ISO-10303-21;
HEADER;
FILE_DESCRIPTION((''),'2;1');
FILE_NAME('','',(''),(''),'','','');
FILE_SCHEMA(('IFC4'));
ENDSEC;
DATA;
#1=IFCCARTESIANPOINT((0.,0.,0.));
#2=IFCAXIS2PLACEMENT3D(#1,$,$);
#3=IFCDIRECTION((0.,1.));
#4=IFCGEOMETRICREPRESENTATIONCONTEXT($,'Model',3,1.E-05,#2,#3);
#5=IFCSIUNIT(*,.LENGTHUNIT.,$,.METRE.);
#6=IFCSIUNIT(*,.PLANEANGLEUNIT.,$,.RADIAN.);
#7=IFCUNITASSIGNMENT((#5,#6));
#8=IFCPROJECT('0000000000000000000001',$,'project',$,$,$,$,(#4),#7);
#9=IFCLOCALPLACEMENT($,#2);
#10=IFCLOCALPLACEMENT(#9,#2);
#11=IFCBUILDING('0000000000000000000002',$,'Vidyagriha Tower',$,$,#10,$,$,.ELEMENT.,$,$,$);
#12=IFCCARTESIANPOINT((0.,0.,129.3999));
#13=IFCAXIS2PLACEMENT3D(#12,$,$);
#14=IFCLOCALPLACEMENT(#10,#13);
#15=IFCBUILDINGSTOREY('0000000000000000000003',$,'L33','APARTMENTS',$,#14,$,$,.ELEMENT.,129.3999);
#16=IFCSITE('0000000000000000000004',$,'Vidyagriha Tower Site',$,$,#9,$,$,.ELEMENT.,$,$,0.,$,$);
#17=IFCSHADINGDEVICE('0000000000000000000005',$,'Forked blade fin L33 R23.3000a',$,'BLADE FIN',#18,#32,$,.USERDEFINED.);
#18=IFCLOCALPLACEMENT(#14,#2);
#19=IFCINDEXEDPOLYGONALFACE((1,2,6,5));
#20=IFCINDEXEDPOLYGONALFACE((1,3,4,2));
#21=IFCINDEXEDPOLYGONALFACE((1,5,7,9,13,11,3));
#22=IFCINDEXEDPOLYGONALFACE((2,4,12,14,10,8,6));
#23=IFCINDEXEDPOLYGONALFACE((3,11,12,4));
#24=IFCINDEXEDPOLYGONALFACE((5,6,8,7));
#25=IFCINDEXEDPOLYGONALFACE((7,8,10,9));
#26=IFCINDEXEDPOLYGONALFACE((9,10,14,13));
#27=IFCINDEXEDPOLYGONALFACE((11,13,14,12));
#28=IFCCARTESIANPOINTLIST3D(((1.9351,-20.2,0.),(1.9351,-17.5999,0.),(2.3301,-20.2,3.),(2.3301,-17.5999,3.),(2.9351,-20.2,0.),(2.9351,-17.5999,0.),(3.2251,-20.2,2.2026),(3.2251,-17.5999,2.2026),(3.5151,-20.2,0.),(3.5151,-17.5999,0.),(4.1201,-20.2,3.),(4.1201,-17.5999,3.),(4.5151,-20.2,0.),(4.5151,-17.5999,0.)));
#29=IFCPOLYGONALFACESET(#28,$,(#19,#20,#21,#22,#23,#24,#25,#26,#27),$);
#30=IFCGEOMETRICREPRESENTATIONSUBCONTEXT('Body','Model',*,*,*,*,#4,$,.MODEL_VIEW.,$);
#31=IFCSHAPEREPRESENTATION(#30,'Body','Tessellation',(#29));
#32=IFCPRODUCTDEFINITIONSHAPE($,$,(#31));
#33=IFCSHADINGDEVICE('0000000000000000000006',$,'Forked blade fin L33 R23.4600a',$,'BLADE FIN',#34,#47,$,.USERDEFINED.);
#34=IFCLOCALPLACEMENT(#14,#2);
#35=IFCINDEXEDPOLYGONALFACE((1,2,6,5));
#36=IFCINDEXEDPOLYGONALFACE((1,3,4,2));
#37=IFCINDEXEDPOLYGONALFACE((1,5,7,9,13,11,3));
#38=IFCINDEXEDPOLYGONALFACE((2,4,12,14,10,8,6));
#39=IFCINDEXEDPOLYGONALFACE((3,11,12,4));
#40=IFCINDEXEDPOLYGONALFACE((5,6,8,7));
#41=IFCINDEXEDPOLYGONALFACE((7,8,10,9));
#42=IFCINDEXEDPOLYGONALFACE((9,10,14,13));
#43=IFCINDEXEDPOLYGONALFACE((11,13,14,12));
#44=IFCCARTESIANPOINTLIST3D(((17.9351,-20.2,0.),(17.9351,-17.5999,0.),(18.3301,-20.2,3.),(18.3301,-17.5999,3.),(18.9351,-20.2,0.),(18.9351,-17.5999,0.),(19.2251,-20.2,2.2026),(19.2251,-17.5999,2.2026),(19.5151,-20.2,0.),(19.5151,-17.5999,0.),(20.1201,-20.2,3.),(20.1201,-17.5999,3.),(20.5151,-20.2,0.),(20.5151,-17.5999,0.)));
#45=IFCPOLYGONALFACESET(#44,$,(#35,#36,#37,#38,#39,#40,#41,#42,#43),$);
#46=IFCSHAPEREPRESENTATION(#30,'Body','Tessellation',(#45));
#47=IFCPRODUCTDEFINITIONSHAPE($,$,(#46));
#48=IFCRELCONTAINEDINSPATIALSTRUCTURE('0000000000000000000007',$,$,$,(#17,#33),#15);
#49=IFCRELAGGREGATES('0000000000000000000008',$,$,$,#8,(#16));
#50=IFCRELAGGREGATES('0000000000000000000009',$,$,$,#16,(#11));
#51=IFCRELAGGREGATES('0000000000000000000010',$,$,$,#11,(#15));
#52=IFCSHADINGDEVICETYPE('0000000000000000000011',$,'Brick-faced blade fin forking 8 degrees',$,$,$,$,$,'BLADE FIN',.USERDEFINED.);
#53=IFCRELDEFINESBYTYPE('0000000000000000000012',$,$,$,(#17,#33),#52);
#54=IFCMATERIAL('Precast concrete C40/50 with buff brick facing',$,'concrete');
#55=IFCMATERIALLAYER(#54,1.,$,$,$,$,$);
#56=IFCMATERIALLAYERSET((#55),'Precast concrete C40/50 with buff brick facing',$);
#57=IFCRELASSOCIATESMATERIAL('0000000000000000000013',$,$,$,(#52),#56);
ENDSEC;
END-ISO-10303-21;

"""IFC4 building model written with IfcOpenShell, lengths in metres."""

from ifc_helpers import new_model, si_unit, direction, frame, origin, place, context, subcontext, project, spatial, polyline, outline, extrude, material, layer, layer_set, type_object, element, save


model = new_model("IFC4")

# Units and contexts
model_context = context("Model", 3, precision=1e-05, world=origin(), true_north=direction((0.0, 1.0)))
body_context = subcontext(model_context, "Body", "Model", "MODEL_VIEW")
ifc_project = project(units=[si_unit("LENGTHUNIT", "METRE"), si_unit("PLANEANGLEUNIT", "RADIAN")], contexts=[model_context])

# Site, building, storey
site_placement = place(None, origin())
site = spatial("IfcSite", under=ifc_project, at=site_placement, Name="Vidyagriha Tower Site", CompositionType="ELEMENT", RefElevation=0.0)
building_placement = place(site_placement, origin())
building = spatial("IfcBuilding", under=site, at=building_placement, Name="Vidyagriha Tower", CompositionType="ELEMENT")
storey_placement = place(building_placement, frame((0.0, 0.0, 129.3999)))
storey = spatial("IfcBuildingStorey", under=building, at=storey_placement, Name="L33", Description="APARTMENTS", CompositionType="ELEMENT", Elevation=129.3999)

# Shading devices
ifc_material_1 = material(Name="Precast concrete C40/50 with buff brick facing", Category="concrete")
ifc_layer_1 = layer(ifc_material_1, 1.0)
ifc_layer_set_1 = layer_set([ifc_layer_1], Name="Precast concrete C40/50 with buff brick facing")
shading_device_type_1 = type_object("IfcShadingDeviceType", Name="Brick-faced blade fin forking 8 degrees", ElementType="BLADE FIN", PredefinedType="USERDEFINED", material=ifc_layer_set_1)
for number, where, name in (
    (1, (1.9351, -18.8999, 0.0), "Forked blade fin L33 R23.3000a"),
    (2, (17.9351, -18.8999, 0.0), "Forked blade fin L33 R23.4600a"),
):
    element("IfcShadingDevice", number, at=place(storey_placement, frame(where)), inside=storey, type_object=shading_device_type_1, Name=name, ObjectType="BLADE FIN", PredefinedType="USERDEFINED", context=body_context, shape_type="SweptSolid", body=[
        extrude(outline(polyline([(1.0, 0.0), (1.29, 2.2026), (1.5801, 0.0), (2.5801, 0.0), (2.1851, 3.0), (0.395, 3.0), (0.0, 0.0), (1.0, 0.0)])), frame((0.0, 1.3, 0.0), z_axis=(0.0, -1.0, 0.0), x_axis=(1.0, 0.0, 0.0)), (0.0, 0.0, 1.0), 2.6001),
    ])

save(model, "model.ifc")
